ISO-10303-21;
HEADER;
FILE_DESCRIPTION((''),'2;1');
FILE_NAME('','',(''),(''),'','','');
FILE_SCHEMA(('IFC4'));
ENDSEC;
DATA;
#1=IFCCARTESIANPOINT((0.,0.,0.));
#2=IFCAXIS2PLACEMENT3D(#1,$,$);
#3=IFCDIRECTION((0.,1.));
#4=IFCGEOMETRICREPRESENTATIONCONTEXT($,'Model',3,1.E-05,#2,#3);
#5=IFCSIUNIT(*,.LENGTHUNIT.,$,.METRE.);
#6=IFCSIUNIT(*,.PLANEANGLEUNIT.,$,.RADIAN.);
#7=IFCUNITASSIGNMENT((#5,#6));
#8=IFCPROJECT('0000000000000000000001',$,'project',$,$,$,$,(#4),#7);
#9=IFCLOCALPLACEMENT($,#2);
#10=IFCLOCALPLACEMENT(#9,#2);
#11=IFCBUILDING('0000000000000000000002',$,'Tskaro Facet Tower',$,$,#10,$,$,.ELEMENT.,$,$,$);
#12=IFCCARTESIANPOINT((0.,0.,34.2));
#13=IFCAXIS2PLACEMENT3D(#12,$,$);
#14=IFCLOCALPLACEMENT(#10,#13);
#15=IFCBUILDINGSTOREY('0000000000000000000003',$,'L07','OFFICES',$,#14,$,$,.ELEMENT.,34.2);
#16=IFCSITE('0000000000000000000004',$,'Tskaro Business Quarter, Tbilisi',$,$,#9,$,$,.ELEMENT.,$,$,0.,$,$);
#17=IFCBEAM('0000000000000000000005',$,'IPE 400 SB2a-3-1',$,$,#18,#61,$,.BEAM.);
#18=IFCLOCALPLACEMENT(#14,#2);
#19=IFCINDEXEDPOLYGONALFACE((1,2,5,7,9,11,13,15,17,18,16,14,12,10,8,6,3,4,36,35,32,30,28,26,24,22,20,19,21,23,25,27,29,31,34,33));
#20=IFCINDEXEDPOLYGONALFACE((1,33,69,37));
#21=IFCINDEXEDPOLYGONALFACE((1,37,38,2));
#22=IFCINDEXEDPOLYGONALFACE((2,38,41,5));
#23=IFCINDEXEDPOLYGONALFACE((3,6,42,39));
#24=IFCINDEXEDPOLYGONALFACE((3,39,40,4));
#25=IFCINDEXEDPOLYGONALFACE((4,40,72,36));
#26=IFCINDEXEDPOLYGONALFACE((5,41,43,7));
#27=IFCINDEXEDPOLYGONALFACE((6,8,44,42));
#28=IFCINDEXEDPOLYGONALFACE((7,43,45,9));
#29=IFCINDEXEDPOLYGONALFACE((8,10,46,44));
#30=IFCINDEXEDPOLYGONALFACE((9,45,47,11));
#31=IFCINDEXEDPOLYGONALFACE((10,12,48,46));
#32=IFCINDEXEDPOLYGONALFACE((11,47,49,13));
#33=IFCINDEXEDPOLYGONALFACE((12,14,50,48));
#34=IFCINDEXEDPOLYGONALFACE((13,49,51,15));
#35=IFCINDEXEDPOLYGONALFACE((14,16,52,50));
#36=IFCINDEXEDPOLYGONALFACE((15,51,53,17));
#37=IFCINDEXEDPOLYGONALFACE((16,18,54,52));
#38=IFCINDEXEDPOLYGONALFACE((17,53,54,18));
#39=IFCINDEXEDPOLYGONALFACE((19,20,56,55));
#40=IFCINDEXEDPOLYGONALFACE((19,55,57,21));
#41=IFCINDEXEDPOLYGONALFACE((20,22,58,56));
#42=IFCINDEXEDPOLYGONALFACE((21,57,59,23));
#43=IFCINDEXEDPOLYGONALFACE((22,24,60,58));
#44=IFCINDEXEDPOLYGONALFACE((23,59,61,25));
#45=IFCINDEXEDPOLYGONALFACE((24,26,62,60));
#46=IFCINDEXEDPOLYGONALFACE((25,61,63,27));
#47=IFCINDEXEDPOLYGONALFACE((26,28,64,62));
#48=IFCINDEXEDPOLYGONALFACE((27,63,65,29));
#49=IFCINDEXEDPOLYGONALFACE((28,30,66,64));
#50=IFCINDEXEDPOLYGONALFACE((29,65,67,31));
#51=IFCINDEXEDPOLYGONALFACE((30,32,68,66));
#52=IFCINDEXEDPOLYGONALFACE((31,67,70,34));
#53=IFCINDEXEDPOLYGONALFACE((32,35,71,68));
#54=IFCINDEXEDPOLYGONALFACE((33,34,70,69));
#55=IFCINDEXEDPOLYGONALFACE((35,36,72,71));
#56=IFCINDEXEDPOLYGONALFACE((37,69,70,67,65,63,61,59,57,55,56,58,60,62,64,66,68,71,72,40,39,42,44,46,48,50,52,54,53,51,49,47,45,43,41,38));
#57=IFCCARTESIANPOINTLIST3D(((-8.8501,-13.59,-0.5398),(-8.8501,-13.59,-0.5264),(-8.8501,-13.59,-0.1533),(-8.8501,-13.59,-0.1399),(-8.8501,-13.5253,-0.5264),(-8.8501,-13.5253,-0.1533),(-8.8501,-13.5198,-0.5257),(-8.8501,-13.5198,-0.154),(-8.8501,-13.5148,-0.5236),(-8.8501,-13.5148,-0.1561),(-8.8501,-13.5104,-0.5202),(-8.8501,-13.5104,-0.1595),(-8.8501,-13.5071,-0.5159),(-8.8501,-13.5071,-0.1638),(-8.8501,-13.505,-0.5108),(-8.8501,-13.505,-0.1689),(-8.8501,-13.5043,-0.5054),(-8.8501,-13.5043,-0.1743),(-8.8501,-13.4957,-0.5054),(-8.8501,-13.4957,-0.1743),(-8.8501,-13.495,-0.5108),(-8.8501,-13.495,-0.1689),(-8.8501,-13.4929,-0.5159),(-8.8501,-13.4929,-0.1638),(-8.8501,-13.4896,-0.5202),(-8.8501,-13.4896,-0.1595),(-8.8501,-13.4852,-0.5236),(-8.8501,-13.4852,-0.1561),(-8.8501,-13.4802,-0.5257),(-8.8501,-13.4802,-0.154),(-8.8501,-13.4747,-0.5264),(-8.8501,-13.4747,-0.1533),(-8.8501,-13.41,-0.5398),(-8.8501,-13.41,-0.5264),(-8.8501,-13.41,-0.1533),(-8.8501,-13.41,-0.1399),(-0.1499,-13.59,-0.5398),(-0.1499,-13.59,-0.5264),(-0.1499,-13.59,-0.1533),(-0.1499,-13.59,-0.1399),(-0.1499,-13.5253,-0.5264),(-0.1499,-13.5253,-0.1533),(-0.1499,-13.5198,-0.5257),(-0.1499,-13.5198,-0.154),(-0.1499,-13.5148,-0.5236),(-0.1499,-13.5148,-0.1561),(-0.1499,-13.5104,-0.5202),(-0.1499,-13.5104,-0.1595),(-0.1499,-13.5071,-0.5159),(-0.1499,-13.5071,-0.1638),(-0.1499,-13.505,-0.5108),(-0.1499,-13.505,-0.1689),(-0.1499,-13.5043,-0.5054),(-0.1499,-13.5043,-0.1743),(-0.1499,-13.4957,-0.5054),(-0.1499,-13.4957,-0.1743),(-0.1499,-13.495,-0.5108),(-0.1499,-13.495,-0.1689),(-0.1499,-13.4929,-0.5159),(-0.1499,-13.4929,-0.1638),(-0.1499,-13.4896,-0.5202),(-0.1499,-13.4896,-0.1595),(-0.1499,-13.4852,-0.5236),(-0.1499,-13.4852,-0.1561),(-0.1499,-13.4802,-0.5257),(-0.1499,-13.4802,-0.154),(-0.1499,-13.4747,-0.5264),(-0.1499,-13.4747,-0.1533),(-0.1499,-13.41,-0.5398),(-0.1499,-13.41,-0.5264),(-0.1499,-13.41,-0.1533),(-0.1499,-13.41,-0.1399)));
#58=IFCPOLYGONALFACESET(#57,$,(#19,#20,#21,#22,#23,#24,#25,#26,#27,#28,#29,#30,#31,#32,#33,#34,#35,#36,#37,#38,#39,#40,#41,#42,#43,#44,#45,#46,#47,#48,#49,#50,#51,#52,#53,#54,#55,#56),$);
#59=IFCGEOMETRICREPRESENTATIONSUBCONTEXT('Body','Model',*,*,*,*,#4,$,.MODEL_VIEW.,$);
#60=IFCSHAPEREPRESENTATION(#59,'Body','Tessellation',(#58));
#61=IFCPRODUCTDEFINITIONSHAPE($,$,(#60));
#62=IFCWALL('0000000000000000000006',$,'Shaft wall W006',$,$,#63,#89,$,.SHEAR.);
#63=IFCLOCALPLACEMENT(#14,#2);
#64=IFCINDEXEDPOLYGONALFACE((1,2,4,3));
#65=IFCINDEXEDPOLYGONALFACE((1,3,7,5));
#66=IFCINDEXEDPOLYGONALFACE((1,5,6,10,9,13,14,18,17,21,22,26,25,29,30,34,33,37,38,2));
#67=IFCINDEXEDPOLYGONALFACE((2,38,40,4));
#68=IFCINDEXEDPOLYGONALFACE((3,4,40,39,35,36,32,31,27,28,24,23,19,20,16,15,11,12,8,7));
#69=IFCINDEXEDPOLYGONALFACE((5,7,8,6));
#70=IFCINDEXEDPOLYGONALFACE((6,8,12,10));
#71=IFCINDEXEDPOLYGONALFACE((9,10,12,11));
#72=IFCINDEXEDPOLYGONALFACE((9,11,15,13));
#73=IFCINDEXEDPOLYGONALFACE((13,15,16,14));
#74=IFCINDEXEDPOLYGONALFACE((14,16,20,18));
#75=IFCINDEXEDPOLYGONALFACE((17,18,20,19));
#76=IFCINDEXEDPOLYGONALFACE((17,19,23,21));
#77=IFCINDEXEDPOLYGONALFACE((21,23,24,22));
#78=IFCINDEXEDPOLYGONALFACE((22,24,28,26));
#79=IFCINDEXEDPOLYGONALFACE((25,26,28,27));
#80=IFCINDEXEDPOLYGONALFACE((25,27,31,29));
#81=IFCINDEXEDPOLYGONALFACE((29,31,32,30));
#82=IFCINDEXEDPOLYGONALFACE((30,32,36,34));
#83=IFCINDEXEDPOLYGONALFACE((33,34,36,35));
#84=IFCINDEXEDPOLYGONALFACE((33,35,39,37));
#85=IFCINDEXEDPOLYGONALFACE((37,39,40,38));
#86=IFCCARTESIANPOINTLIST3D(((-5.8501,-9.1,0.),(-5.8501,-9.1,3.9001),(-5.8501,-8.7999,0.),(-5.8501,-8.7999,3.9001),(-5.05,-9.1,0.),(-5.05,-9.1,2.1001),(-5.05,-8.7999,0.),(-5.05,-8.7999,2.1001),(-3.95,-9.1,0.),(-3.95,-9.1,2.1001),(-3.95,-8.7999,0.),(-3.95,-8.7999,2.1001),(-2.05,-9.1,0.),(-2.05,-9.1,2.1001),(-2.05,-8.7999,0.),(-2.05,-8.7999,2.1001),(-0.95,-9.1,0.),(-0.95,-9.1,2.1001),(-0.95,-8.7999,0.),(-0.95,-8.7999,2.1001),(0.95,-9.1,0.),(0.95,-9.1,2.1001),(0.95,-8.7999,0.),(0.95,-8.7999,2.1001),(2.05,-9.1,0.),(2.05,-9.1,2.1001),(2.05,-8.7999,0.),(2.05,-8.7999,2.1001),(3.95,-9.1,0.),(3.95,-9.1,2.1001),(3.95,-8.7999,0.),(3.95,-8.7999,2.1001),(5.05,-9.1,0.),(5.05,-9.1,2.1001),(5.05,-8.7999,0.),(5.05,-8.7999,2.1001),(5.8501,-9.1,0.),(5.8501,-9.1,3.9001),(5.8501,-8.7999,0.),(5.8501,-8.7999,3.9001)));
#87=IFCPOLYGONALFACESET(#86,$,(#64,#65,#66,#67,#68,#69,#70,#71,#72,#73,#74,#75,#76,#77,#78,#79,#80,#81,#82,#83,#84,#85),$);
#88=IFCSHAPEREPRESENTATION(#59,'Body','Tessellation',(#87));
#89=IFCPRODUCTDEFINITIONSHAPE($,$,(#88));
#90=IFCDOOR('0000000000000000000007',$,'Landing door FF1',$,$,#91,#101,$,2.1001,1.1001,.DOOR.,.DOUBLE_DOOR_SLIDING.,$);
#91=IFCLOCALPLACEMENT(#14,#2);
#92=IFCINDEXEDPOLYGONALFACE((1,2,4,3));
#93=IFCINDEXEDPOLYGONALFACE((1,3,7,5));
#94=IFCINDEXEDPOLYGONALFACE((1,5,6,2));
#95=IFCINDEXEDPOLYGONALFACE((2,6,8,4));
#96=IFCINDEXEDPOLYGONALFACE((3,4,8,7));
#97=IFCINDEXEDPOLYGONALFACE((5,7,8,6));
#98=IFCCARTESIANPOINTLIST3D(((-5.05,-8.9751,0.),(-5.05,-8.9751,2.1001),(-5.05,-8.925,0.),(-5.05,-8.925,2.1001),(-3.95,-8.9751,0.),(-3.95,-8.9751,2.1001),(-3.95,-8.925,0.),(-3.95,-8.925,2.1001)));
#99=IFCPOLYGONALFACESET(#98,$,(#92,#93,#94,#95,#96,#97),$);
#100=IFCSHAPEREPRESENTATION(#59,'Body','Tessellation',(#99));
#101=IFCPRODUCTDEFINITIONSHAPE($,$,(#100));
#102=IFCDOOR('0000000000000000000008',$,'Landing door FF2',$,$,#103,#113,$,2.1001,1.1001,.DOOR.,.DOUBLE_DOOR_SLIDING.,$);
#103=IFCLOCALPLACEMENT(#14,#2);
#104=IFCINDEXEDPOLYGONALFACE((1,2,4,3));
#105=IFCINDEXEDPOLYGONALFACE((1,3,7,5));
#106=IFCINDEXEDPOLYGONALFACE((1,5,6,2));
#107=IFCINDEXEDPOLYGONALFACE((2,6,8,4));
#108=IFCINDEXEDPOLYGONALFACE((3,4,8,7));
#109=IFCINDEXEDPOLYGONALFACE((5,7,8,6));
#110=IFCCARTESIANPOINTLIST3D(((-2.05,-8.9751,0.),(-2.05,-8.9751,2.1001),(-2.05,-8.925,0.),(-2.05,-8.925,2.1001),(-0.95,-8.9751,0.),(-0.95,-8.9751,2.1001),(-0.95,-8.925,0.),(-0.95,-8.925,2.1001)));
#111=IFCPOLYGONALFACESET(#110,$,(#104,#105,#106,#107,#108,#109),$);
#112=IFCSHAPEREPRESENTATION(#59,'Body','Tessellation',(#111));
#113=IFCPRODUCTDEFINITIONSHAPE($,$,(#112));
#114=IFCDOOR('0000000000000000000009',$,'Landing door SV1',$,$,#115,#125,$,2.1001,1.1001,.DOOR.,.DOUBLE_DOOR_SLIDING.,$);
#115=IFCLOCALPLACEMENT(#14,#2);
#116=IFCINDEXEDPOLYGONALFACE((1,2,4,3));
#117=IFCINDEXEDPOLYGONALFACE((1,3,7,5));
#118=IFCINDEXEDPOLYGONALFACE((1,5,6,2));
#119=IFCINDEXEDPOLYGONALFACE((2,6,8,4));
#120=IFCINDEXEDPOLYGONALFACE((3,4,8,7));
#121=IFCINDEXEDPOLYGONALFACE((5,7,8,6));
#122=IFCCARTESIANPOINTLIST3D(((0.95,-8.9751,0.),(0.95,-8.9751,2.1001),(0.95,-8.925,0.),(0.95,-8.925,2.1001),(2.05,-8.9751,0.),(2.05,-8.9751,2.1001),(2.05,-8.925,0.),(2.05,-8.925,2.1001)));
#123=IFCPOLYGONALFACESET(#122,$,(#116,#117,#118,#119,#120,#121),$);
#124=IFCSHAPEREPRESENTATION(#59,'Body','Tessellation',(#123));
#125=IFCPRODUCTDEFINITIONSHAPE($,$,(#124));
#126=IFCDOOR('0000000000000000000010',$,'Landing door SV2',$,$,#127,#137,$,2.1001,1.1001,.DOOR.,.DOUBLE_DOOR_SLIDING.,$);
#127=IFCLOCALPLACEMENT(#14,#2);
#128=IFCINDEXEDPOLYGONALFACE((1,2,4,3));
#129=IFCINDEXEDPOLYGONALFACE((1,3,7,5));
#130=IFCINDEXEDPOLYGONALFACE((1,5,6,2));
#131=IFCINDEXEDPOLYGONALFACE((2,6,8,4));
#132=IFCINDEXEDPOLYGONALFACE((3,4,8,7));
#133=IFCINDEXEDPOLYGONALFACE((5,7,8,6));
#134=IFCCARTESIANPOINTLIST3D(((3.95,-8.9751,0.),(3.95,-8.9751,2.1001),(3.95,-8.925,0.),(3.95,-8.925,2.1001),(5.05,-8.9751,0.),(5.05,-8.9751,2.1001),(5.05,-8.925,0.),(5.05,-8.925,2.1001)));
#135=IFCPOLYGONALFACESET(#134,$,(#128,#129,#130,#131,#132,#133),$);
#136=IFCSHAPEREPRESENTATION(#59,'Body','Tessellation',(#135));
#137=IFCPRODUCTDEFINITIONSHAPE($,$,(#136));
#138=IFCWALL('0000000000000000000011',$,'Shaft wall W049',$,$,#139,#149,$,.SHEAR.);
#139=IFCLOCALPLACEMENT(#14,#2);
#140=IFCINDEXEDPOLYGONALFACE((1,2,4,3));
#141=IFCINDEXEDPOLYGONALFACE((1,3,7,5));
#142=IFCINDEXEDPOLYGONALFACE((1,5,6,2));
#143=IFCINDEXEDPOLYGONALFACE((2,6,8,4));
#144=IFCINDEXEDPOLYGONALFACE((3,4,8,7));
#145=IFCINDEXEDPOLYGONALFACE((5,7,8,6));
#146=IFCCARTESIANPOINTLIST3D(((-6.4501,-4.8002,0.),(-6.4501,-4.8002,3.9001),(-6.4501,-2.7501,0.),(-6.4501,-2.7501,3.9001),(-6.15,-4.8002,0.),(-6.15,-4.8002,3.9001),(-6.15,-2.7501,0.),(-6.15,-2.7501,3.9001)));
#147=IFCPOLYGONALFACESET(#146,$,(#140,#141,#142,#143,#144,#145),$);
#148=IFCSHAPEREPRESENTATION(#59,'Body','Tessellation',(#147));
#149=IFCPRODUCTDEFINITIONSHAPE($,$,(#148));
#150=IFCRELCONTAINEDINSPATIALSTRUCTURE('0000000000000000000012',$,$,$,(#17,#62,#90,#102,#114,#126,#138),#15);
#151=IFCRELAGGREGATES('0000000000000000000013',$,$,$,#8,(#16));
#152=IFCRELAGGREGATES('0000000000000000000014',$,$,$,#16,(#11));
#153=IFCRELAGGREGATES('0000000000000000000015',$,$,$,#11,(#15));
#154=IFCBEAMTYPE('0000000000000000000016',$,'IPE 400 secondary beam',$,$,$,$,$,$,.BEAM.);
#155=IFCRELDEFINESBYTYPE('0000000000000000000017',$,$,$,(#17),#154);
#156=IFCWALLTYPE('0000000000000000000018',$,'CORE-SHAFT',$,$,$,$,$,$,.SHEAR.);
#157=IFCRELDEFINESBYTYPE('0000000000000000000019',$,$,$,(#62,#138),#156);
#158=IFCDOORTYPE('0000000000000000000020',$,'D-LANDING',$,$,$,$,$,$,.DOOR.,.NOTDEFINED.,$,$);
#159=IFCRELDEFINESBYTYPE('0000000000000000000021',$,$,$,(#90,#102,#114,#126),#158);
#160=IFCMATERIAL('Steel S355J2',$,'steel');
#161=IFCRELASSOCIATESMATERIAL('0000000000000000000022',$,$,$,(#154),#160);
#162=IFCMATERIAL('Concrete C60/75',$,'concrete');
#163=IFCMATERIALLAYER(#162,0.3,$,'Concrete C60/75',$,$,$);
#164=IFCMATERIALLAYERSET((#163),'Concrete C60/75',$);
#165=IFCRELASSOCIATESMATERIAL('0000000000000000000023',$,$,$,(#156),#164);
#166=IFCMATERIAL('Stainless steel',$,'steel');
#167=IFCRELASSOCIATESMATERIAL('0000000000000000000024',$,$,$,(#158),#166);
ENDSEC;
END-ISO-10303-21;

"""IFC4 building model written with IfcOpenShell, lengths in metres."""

from ifc_helpers import new_model, si_unit, direction, frame, frame_2d, origin, origin_2d, place, context, subcontext, project, spatial, rectangle, i_section, extrude, material, layer, layer_set, material_profile, profile_set, type_object, element, fill, save


model = new_model("IFC4")

# Units and contexts
model_context = context("Model", 3, precision=1e-05, world=origin(), true_north=direction((0.0, 1.0)))
body_context = subcontext(model_context, "Body", "Model", "MODEL_VIEW")
ifc_project = project(units=[si_unit("LENGTHUNIT", "METRE"), si_unit("PLANEANGLEUNIT", "RADIAN")], contexts=[model_context])

# Site, building, storey
site_placement = place(None, origin())
site = spatial("IfcSite", under=ifc_project, at=site_placement, Name="Tskaro Business Quarter, Tbilisi", CompositionType="ELEMENT", RefElevation=0.0)
building_placement = place(site_placement, origin())
building = spatial("IfcBuilding", under=site, at=building_placement, Name="Tskaro Facet Tower", CompositionType="ELEMENT")
storey_placement = place(building_placement, frame((0.0, 0.0, 34.2)))
storey = spatial("IfcBuildingStorey", under=building, at=storey_placement, Name="L07", Description="OFFICES", CompositionType="ELEMENT", Elevation=34.2)

# Beam
ifc_material_1 = material(Name="Steel S355J2", Category="steel")
ifc_material_profile = material_profile(ifc_material_1, i_section(OverallWidth=0.1799, OverallDepth=0.3999, WebThickness=0.0085, FlangeThickness=0.0134, FilletRadius=0.021, at=origin_2d()), Name="IPE 400")
ifc_profile_set = profile_set([ifc_material_profile], Name="Steel S355J2")
beam_type = type_object("IfcBeamType", Name="IPE 400 secondary beam", PredefinedType="BEAM", material=ifc_profile_set)
beam_placement = place(storey_placement, frame((-8.8501, -13.5, -0.3398), z_axis=(1.0, 0.0, 0.0), x_axis=(0.0, 1.0, 0.0)))
element("IfcBeam", 1, at=beam_placement, inside=storey, type_object=beam_type, Name="IPE 400 SB2a-3-1", PredefinedType="BEAM", context=body_context, shape_type="SweptSolid", body=[
    extrude(i_section(OverallWidth=0.1799, OverallDepth=0.3999, WebThickness=0.0085, FlangeThickness=0.0134, FilletRadius=0.021, at=origin_2d()), origin(), (0.0, 0.0, 1.0), 8.7002),
])

# Wall, openings, doors
ifc_material_2 = material(Name="Concrete C60/75", Category="concrete")
ifc_layer = layer(ifc_material_2, 0.3, Name="Concrete C60/75")
ifc_layer_set = layer_set([ifc_layer], Name="Concrete C60/75")
wall_type = type_object("IfcWallType", Name="CORE-SHAFT", PredefinedType="SHEAR", material=ifc_layer_set)
wall_1_placement = place(storey_placement, frame((-5.8501, -8.95, 0.0), z_axis=(0.0, 0.0, 1.0), x_axis=(1.0, 0.0, 0.0)))
wall_1 = element("IfcWall", 2, at=wall_1_placement, inside=storey, type_object=wall_type, Name="Shaft wall W006", PredefinedType="SHEAR", context=body_context, shape_type="SweptSolid", body=[
    extrude(rectangle(XDim=11.7002, YDim=0.3, at=frame_2d((5.8501, 0.0))), origin(), (0.0, 0.0, 1.0), 3.9001),
])
opening_1_placement = place(wall_1_placement, frame((0.8, 0.0, 0.0)))
opening_1 = element("IfcOpeningElement", 3, at=opening_1_placement, cuts=wall_1, PredefinedType="OPENING", context=body_context, shape_type="SweptSolid", body=[
    extrude(rectangle(XDim=1.1001, YDim=2.1001, at=frame_2d((0.55, 1.05))), frame((0.0, 0.1599, 0.0), z_axis=(0.0, -1.0, 0.0), x_axis=(1.0, 0.0, 0.0)), (0.0, 0.0, 1.0), 0.3201),
])
opening_2_placement = place(wall_1_placement, frame((3.8, 0.0, 0.0)))
opening_2 = element("IfcOpeningElement", 4, at=opening_2_placement, cuts=wall_1, PredefinedType="OPENING", context=body_context, shape_type="SweptSolid", body=[
    extrude(rectangle(XDim=1.1001, YDim=2.1001, at=frame_2d((0.55, 1.05))), frame((0.0, 0.1599, 0.0), z_axis=(0.0, -1.0, 0.0), x_axis=(1.0, 0.0, 0.0)), (0.0, 0.0, 1.0), 0.3201),
])
opening_3_placement = place(wall_1_placement, frame((6.8, 0.0, 0.0)))
opening_3 = element("IfcOpeningElement", 5, at=opening_3_placement, cuts=wall_1, PredefinedType="OPENING", context=body_context, shape_type="SweptSolid", body=[
    extrude(rectangle(XDim=1.1001, YDim=2.1001, at=frame_2d((0.55, 1.05))), frame((0.0, 0.1599, 0.0), z_axis=(0.0, -1.0, 0.0), x_axis=(1.0, 0.0, 0.0)), (0.0, 0.0, 1.0), 0.3201),
])
opening_4_placement = place(wall_1_placement, frame((9.8, 0.0, 0.0)))
opening_4 = element("IfcOpeningElement", 6, at=opening_4_placement, cuts=wall_1, PredefinedType="OPENING", context=body_context, shape_type="SweptSolid", body=[
    extrude(rectangle(XDim=1.1001, YDim=2.1001, at=frame_2d((0.55, 1.05))), frame((0.0, 0.1599, 0.0), z_axis=(0.0, -1.0, 0.0), x_axis=(1.0, 0.0, 0.0)), (0.0, 0.0, 1.0), 0.3201),
])
ifc_material_3 = material(Name="Stainless steel", Category="steel")
door_type_1 = type_object("IfcDoorType", Name="D-LANDING", OperationType="NOTDEFINED", PredefinedType="DOOR", material=ifc_material_3)
door_1_placement = place(opening_1_placement, origin())
door_1 = element("IfcDoor", 7, at=door_1_placement, inside=storey, type_object=door_type_1, Name="Landing door FF1", OperationType="DOUBLE_DOOR_SLIDING", OverallHeight=2.1001, OverallWidth=1.1001, PredefinedType="DOOR", context=body_context, shape_type="SweptSolid", body=[
    extrude(rectangle(XDim=1.1001, YDim=2.1001, at=frame_2d((0.55, 1.05))), frame((0.0, 0.0249, 0.0), z_axis=(0.0, -1.0, 0.0), x_axis=(1.0, 0.0, 0.0)), (0.0, 0.0, 1.0), 0.05),
])
fill(opening_1, door_1)
door_2_placement = place(opening_2_placement, origin())
door_2 = element("IfcDoor", 8, at=door_2_placement, inside=storey, type_object=door_type_1, Name="Landing door FF2", OperationType="DOUBLE_DOOR_SLIDING", OverallHeight=2.1001, OverallWidth=1.1001, PredefinedType="DOOR", context=body_context, shape_type="SweptSolid", body=[
    extrude(rectangle(XDim=1.1001, YDim=2.1001, at=frame_2d((0.55, 1.05))), frame((0.0, 0.0249, 0.0), z_axis=(0.0, -1.0, 0.0), x_axis=(1.0, 0.0, 0.0)), (0.0, 0.0, 1.0), 0.05),
])
fill(opening_2, door_2)
door_3_placement = place(opening_3_placement, origin())
door_3 = element("IfcDoor", 9, at=door_3_placement, inside=storey, type_object=door_type_1, Name="Landing door SV1", OperationType="DOUBLE_DOOR_SLIDING", OverallHeight=2.1001, OverallWidth=1.1001, PredefinedType="DOOR", context=body_context, shape_type="SweptSolid", body=[
    extrude(rectangle(XDim=1.1001, YDim=2.1001, at=frame_2d((0.55, 1.05))), frame((0.0, 0.0249, 0.0), z_axis=(0.0, -1.0, 0.0), x_axis=(1.0, 0.0, 0.0)), (0.0, 0.0, 1.0), 0.05),
])
fill(opening_3, door_3)
door_4_placement = place(opening_4_placement, origin())
door_4 = element("IfcDoor", 10, at=door_4_placement, inside=storey, type_object=door_type_1, Name="Landing door SV2", OperationType="DOUBLE_DOOR_SLIDING", OverallHeight=2.1001, OverallWidth=1.1001, PredefinedType="DOOR", context=body_context, shape_type="SweptSolid", body=[
    extrude(rectangle(XDim=1.1001, YDim=2.1001, at=frame_2d((0.55, 1.05))), frame((0.0, 0.0249, 0.0), z_axis=(0.0, -1.0, 0.0), x_axis=(1.0, 0.0, 0.0)), (0.0, 0.0, 1.0), 0.05),
])
fill(opening_4, door_4)

# Wall
wall_2_placement = place(storey_placement, frame((-6.3, -4.8, 0.0), z_axis=(0.0, 0.0, 1.0), x_axis=(0.0, 1.0, 0.0)))
element("IfcWall", 11, at=wall_2_placement, inside=storey, type_object=wall_type, Name="Shaft wall W049", PredefinedType="SHEAR", context=body_context, shape_type="SweptSolid", body=[
    extrude(rectangle(XDim=2.05, YDim=0.3, at=frame_2d((1.0249, 0.0))), origin(), (0.0, 0.0, 1.0), 3.9001),
])

save(model, "model.ifc")
